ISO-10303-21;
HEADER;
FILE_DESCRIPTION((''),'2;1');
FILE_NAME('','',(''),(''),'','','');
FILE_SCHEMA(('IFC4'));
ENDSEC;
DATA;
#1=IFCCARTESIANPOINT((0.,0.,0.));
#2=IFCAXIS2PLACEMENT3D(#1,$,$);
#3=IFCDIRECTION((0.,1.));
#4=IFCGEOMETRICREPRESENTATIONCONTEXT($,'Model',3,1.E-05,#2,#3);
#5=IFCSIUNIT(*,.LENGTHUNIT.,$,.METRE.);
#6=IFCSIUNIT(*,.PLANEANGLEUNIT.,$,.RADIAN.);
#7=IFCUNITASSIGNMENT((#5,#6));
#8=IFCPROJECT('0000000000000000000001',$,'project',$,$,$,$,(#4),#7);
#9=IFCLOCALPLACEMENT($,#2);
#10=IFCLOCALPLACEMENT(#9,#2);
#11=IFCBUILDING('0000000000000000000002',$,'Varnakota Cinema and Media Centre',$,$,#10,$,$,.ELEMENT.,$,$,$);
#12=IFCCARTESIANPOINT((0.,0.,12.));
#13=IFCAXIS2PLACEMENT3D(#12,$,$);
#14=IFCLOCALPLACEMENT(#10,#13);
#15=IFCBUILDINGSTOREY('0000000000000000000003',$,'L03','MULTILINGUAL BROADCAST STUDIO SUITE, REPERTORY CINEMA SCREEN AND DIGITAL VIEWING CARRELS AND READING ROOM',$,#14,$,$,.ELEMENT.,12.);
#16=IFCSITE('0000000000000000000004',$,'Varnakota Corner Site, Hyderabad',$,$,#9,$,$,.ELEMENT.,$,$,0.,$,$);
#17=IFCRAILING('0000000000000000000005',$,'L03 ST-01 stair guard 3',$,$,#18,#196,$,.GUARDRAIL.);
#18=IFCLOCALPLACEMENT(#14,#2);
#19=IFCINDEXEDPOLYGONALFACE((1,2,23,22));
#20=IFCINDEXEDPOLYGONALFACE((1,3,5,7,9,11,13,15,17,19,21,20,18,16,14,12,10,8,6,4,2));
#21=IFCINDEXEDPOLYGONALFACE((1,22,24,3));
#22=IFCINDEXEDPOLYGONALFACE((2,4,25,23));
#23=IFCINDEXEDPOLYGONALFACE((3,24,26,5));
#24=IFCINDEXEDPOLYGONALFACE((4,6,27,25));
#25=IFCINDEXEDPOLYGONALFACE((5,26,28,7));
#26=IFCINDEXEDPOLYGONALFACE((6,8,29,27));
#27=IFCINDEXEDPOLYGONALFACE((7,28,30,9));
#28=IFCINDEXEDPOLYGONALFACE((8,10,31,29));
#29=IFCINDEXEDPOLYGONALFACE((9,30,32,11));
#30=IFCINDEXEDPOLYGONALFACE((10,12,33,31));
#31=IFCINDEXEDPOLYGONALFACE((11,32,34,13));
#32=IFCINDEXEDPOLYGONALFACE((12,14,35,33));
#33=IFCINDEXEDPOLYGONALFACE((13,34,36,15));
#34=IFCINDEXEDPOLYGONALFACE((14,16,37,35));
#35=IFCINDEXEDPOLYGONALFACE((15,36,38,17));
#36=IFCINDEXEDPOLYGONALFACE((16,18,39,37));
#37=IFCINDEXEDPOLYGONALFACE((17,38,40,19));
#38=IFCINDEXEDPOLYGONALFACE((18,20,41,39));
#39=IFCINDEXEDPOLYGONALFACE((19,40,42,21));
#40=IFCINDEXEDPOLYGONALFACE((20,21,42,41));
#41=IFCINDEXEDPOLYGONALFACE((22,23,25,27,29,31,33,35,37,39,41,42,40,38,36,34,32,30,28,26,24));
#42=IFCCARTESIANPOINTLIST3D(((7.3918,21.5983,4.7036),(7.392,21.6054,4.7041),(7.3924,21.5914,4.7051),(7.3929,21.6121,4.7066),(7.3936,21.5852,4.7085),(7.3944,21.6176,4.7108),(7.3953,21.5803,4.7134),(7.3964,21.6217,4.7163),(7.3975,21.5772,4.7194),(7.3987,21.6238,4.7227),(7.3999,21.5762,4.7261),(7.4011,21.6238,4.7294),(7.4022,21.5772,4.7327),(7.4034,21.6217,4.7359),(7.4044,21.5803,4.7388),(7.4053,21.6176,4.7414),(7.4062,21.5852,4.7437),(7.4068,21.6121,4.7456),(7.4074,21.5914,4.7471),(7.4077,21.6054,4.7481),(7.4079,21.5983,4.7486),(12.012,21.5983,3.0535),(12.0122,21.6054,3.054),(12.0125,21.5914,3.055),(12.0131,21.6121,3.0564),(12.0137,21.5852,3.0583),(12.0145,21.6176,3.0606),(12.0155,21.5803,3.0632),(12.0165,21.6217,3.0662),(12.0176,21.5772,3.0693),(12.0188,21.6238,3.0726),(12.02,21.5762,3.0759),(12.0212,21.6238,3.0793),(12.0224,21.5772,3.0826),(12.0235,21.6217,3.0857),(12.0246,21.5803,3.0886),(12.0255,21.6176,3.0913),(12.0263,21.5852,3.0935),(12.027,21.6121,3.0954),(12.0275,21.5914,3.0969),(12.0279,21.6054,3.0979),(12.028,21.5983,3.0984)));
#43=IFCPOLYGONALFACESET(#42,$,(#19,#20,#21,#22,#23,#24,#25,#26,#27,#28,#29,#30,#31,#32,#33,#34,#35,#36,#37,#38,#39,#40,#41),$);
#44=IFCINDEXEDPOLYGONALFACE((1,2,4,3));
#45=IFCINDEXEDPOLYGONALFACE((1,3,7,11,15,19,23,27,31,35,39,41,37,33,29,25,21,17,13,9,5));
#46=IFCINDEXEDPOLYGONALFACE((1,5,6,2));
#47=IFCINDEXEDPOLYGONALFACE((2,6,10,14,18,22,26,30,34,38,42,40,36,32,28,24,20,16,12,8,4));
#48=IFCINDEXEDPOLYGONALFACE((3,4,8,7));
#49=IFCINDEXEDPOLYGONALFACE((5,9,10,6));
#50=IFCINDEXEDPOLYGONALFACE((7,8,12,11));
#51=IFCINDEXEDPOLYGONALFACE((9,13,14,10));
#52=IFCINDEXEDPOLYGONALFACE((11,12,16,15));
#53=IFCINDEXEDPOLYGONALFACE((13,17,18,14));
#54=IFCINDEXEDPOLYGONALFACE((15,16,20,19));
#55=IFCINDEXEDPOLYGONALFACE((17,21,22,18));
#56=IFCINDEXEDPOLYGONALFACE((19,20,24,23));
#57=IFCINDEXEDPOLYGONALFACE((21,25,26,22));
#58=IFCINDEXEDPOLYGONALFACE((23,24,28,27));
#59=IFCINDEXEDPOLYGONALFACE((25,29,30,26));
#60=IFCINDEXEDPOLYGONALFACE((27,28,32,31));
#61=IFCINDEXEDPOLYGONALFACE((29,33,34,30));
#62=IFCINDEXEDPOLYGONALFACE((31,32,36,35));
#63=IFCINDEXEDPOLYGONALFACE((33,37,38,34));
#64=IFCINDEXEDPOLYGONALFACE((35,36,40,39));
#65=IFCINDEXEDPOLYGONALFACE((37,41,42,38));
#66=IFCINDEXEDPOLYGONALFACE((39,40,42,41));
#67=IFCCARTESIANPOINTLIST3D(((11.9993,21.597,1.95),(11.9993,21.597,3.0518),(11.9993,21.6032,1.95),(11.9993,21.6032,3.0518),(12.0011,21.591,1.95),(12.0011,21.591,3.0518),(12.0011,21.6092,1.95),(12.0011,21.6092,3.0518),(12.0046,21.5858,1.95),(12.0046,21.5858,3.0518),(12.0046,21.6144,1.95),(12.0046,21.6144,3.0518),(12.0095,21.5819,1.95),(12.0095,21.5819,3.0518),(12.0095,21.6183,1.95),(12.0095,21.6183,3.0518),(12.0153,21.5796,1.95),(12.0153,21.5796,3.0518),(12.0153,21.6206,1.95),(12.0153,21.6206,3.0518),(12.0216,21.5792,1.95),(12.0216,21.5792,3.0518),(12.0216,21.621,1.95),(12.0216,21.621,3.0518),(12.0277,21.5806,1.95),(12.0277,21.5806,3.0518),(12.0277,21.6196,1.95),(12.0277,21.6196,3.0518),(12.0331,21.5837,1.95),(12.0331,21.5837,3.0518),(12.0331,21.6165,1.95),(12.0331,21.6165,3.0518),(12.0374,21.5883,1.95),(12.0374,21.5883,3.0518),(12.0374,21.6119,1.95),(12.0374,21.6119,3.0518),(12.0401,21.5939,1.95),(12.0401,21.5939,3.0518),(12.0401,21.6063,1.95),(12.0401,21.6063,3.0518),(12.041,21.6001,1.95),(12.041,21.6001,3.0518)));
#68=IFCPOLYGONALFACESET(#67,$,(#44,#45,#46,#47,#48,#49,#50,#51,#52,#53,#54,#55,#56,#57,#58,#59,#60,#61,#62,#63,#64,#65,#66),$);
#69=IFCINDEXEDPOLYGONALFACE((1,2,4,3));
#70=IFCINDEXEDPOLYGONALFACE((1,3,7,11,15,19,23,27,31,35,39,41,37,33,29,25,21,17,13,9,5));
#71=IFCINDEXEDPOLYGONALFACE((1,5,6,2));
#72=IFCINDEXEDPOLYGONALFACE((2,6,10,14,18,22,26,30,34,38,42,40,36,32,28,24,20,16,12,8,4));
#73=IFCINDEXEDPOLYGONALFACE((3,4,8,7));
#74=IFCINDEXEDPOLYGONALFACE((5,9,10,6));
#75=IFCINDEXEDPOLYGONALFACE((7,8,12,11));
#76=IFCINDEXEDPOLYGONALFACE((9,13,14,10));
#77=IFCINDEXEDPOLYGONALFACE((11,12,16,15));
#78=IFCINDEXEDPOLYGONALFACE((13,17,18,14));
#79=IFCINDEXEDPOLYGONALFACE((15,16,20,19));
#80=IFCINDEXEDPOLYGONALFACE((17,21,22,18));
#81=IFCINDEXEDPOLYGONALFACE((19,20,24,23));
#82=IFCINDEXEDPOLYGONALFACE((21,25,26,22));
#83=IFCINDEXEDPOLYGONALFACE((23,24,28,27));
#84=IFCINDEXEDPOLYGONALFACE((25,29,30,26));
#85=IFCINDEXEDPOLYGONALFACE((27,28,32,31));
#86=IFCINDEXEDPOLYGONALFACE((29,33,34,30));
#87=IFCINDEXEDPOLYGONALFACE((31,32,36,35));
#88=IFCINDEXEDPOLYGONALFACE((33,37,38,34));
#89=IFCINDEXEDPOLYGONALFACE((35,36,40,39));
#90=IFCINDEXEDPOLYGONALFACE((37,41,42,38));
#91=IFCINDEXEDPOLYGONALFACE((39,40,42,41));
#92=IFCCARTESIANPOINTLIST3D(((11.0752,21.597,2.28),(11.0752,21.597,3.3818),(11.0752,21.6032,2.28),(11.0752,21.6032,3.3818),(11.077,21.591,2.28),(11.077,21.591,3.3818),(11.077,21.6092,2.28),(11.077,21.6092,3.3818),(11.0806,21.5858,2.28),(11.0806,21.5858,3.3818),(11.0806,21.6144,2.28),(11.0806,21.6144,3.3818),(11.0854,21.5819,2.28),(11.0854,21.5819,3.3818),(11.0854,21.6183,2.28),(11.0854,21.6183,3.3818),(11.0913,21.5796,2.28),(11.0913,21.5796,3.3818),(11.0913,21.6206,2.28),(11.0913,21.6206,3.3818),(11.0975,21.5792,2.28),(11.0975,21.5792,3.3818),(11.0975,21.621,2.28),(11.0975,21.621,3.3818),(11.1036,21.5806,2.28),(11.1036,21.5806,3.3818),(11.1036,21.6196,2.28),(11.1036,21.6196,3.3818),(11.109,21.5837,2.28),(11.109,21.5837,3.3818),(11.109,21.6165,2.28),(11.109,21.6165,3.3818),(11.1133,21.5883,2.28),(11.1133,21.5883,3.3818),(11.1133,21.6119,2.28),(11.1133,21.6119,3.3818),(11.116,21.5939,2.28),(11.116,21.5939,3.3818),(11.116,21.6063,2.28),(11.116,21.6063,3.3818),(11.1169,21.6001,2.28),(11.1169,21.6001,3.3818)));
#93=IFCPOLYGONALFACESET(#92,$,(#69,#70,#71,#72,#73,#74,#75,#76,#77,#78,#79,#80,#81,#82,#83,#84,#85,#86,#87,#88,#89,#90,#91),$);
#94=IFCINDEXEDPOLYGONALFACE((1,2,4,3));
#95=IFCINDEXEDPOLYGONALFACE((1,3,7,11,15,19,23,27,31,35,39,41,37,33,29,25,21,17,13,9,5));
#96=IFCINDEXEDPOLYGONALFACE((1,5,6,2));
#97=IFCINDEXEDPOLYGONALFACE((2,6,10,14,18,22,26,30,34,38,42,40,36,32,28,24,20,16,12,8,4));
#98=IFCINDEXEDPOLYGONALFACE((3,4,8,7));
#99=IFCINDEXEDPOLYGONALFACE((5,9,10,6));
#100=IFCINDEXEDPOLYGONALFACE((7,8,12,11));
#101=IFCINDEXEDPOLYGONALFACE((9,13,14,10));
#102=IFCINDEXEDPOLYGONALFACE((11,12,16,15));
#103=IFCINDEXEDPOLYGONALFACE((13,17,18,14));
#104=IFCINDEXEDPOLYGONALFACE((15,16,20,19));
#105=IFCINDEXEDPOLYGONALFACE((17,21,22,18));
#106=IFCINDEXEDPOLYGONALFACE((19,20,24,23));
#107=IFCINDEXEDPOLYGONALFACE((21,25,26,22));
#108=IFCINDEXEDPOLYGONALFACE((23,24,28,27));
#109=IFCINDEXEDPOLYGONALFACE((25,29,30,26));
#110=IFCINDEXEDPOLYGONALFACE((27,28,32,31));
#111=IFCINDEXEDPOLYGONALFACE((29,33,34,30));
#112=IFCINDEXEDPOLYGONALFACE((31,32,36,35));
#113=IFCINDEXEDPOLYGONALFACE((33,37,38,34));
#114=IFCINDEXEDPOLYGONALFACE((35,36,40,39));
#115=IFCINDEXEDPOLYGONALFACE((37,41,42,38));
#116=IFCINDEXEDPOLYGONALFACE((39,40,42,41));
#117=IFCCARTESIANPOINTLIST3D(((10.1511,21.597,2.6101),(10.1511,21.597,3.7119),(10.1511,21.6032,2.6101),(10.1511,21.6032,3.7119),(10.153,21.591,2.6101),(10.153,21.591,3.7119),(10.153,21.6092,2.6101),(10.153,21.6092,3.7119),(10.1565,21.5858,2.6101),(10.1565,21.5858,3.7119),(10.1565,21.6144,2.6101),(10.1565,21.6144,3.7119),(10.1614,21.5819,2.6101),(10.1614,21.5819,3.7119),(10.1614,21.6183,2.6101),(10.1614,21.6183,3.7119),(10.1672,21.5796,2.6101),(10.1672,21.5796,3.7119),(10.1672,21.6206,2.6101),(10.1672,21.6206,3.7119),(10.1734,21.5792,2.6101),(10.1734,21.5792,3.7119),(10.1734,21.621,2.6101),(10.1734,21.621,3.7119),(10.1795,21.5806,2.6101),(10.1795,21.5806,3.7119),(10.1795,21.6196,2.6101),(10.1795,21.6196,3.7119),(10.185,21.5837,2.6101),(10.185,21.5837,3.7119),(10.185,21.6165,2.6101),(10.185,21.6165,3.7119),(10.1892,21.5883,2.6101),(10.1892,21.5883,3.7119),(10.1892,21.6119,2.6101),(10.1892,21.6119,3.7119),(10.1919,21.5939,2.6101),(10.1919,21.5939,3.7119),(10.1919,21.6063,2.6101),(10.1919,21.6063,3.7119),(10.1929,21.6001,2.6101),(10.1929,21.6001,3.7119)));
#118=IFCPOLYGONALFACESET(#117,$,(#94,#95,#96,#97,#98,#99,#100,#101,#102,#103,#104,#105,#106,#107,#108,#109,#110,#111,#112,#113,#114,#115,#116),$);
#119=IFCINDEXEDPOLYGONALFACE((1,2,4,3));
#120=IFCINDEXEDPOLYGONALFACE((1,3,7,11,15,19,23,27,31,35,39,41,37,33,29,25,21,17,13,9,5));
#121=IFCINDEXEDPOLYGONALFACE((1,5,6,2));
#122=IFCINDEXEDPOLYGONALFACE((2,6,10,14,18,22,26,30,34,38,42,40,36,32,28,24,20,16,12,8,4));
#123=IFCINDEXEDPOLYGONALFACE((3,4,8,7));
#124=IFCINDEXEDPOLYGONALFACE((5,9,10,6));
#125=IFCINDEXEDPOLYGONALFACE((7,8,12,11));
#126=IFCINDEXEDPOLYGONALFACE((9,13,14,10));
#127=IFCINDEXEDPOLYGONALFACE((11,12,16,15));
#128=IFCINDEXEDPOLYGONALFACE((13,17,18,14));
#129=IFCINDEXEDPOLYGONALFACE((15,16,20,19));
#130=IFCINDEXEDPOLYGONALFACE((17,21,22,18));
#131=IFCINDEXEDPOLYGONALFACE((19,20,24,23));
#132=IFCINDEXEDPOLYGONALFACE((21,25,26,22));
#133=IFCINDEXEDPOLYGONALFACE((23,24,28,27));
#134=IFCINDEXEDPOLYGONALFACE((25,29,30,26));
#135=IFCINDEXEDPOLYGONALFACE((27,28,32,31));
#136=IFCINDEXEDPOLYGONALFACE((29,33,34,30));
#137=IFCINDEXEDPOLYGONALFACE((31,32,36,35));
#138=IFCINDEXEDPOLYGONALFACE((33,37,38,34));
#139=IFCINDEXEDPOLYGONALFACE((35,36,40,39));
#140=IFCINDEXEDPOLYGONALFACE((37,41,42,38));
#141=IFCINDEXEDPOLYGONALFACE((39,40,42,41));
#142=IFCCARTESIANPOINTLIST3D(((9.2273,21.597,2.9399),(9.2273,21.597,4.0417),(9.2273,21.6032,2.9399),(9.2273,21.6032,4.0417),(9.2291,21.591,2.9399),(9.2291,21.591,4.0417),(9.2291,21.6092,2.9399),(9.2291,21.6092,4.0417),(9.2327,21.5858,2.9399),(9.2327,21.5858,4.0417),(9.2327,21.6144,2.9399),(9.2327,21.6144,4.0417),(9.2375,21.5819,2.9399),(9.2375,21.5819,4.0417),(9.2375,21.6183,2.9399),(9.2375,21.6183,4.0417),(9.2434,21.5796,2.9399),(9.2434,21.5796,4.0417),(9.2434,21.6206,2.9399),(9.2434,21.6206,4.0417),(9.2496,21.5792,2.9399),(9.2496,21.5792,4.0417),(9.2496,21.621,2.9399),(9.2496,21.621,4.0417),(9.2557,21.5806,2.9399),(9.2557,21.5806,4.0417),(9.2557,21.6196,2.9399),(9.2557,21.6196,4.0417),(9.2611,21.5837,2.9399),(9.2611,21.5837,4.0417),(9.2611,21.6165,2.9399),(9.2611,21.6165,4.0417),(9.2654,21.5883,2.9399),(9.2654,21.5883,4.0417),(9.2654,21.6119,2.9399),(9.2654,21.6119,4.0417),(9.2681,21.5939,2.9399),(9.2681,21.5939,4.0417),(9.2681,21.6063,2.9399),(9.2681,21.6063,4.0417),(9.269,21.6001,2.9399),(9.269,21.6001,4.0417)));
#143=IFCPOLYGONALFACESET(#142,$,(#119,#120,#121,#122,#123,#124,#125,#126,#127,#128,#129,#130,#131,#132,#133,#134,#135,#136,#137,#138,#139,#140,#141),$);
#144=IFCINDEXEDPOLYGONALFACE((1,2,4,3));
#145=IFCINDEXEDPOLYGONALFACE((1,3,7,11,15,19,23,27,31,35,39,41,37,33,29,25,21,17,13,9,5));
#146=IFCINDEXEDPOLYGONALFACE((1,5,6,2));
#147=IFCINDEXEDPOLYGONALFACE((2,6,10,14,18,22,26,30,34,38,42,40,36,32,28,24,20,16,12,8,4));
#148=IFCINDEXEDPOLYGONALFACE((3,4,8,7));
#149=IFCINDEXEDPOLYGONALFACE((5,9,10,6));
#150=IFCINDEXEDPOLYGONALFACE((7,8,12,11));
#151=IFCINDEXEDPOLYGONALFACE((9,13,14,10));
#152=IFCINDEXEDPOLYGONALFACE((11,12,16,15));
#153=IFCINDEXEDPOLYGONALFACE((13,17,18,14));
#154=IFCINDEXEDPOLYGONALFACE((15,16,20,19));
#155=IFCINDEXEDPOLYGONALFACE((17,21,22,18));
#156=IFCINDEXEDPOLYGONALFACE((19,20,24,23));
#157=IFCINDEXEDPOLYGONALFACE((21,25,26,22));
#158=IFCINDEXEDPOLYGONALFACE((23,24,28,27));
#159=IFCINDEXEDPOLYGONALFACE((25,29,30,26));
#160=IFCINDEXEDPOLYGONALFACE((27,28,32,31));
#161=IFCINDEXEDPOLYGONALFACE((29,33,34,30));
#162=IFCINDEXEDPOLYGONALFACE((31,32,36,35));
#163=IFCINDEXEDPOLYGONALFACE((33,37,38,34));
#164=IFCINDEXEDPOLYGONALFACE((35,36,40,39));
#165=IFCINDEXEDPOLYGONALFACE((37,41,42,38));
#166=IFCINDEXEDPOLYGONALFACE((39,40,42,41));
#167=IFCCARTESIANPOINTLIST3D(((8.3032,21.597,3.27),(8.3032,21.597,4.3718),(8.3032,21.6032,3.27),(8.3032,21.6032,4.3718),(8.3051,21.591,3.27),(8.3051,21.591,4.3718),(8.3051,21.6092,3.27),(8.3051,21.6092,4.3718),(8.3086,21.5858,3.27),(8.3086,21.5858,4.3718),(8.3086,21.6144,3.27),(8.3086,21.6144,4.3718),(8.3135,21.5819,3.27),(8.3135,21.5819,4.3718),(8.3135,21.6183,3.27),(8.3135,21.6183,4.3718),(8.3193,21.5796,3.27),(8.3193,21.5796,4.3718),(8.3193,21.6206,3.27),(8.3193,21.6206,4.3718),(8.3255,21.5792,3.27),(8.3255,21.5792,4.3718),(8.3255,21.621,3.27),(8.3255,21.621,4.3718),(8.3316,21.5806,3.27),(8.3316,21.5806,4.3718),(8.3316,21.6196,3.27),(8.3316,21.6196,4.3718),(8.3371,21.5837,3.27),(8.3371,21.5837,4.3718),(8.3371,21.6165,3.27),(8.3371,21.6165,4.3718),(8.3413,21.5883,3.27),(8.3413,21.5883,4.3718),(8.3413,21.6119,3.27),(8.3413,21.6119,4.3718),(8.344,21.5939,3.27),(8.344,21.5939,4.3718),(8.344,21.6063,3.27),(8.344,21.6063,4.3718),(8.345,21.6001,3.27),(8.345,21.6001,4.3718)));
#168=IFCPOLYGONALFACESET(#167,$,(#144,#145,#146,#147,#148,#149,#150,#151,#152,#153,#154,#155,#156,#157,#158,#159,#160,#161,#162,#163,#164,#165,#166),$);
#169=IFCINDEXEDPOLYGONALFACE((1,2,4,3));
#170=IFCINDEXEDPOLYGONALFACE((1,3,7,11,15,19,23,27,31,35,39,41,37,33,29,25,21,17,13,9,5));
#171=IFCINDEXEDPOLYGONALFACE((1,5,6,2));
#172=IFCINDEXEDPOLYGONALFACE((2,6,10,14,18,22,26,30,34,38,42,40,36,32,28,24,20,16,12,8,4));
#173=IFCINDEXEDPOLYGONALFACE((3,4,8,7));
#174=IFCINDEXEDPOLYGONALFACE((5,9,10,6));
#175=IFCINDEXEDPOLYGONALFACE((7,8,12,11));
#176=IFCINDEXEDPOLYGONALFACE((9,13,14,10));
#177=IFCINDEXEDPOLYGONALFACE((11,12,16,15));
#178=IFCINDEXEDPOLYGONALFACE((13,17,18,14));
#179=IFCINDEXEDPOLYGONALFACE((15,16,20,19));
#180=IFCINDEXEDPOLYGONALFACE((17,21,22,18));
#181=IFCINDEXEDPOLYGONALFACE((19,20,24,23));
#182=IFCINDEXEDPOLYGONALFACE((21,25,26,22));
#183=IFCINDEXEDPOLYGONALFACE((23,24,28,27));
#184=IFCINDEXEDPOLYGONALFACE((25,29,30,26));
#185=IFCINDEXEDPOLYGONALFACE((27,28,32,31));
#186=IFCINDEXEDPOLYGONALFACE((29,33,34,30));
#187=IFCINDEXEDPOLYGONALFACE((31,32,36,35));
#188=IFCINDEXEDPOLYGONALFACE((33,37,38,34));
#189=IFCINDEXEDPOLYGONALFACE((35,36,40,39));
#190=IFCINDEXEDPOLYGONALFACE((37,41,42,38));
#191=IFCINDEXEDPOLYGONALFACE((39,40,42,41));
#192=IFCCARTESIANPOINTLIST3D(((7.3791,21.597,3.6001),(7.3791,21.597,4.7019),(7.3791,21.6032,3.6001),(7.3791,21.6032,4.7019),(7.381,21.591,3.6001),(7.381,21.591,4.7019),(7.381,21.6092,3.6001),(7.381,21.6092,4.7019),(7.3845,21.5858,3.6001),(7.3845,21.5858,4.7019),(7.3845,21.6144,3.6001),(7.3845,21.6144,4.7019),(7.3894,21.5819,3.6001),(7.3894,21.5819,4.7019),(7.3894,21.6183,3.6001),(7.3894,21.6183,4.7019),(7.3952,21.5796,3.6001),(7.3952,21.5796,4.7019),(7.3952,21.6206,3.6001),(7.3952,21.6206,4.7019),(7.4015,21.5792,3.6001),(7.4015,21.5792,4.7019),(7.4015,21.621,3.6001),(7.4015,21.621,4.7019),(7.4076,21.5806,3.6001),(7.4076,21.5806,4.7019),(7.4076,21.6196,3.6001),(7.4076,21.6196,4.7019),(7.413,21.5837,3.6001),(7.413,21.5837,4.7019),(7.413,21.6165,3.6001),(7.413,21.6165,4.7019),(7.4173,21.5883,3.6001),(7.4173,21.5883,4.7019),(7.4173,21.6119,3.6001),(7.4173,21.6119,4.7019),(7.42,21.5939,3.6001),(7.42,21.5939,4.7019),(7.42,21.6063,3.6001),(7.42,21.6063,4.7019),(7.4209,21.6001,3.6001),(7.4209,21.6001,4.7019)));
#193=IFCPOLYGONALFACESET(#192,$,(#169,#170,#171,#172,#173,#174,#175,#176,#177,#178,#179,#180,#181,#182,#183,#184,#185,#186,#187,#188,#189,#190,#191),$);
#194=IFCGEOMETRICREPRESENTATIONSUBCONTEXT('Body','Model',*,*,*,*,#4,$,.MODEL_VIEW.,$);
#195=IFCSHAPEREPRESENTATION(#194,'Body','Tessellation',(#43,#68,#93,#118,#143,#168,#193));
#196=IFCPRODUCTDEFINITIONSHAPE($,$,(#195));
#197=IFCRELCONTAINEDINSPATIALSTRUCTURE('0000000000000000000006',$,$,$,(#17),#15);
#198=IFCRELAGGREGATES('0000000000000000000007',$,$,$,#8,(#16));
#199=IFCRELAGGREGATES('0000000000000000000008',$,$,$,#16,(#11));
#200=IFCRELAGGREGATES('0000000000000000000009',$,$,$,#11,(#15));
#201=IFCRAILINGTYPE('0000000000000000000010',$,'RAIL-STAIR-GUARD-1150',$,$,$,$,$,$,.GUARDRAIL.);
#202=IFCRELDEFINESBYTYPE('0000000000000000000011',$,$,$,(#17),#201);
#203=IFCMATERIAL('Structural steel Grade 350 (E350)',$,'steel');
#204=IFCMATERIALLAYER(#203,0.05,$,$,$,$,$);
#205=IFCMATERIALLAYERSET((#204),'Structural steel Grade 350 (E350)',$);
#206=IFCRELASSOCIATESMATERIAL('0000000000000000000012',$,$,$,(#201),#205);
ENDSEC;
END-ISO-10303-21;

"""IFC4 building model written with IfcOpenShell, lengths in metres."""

from ifc_helpers import new_model, si_unit, direction, frame, origin, origin_2d, place, context, subcontext, project, spatial, circle, extrude, material, layer, layer_set, type_object, element, save


model = new_model("IFC4")

# Units and contexts
model_context = context("Model", 3, precision=1e-05, world=origin(), true_north=direction((0.0, 1.0)))
body_context = subcontext(model_context, "Body", "Model", "MODEL_VIEW")
ifc_project = project(units=[si_unit("LENGTHUNIT", "METRE"), si_unit("PLANEANGLEUNIT", "RADIAN")], contexts=[model_context])

# Site, building, storey
site_placement = place(None, origin())
site = spatial("IfcSite", under=ifc_project, at=site_placement, Name="Varnakota Corner Site, Hyderabad", CompositionType="ELEMENT", RefElevation=0.0)
building_placement = place(site_placement, origin())
building = spatial("IfcBuilding", under=site, at=building_placement, Name="Varnakota Cinema and Media Centre", CompositionType="ELEMENT")
storey_placement = place(building_placement, frame((0.0, 0.0, 12.0)))
storey = spatial("IfcBuildingStorey", under=building, at=storey_placement, Name="L03", Description="MULTILINGUAL BROADCAST STUDIO SUITE, REPERTORY CINEMA SCREEN AND DIGITAL VIEWING CARRELS AND READING ROOM", CompositionType="ELEMENT", Elevation=12.0)

# Railing
ifc_material_1 = material(Name="Structural steel Grade 350 (E350)", Category="steel")
ifc_layer_1 = layer(ifc_material_1, 0.05)
ifc_layer_set_1 = layer_set([ifc_layer_1], Name="Structural steel Grade 350 (E350)")
railing_type_1 = type_object("IfcRailingType", Name="RAIL-STAIR-GUARD-1150", PredefinedType="GUARDRAIL", material=ifc_layer_set_1)
railing_1_placement = place(storey_placement, frame((12.02, 21.6001, 1.95)))
element("IfcRailing", 1, at=railing_1_placement, inside=storey, type_object=railing_type_1, Name="L03 ST-01 stair guard 3", PredefinedType="GUARDRAIL", context=body_context, shape_type="SweptSolid", body=[
    extrude(circle(Radius=0.0239, at=origin_2d()), frame((0.0, 0.0, 1.126), z_axis=(-0.941735, 0.0, 0.336355), x_axis=(0.0, -1.0, 0.0)), (0.0, 0.0, 1.0), 4.906),
    extrude(circle(Radius=0.021, at=origin_2d()), origin(), (0.0, 0.0, 1.0), 1.1018),
    extrude(circle(Radius=0.021, at=origin_2d()), frame((-0.9241, 0.0, 0.3301)), (0.0, 0.0, 1.0), 1.1018),
    extrude(circle(Radius=0.021, at=origin_2d()), frame((-1.8481, 0.0, 0.6602)), (0.0, 0.0, 1.0), 1.1018),
    extrude(circle(Radius=0.021, at=origin_2d()), frame((-2.772, 0.0, 0.99)), (0.0, 0.0, 1.0), 1.1018),
    extrude(circle(Radius=0.021, at=origin_2d()), frame((-3.696, 0.0, 1.3201)), (0.0, 0.0, 1.0), 1.1018),
    extrude(circle(Radius=0.021, at=origin_2d()), frame((-4.6201, 0.0, 1.6501)), (0.0, 0.0, 1.0), 1.1018),
])

save(model, "model.ifc")
